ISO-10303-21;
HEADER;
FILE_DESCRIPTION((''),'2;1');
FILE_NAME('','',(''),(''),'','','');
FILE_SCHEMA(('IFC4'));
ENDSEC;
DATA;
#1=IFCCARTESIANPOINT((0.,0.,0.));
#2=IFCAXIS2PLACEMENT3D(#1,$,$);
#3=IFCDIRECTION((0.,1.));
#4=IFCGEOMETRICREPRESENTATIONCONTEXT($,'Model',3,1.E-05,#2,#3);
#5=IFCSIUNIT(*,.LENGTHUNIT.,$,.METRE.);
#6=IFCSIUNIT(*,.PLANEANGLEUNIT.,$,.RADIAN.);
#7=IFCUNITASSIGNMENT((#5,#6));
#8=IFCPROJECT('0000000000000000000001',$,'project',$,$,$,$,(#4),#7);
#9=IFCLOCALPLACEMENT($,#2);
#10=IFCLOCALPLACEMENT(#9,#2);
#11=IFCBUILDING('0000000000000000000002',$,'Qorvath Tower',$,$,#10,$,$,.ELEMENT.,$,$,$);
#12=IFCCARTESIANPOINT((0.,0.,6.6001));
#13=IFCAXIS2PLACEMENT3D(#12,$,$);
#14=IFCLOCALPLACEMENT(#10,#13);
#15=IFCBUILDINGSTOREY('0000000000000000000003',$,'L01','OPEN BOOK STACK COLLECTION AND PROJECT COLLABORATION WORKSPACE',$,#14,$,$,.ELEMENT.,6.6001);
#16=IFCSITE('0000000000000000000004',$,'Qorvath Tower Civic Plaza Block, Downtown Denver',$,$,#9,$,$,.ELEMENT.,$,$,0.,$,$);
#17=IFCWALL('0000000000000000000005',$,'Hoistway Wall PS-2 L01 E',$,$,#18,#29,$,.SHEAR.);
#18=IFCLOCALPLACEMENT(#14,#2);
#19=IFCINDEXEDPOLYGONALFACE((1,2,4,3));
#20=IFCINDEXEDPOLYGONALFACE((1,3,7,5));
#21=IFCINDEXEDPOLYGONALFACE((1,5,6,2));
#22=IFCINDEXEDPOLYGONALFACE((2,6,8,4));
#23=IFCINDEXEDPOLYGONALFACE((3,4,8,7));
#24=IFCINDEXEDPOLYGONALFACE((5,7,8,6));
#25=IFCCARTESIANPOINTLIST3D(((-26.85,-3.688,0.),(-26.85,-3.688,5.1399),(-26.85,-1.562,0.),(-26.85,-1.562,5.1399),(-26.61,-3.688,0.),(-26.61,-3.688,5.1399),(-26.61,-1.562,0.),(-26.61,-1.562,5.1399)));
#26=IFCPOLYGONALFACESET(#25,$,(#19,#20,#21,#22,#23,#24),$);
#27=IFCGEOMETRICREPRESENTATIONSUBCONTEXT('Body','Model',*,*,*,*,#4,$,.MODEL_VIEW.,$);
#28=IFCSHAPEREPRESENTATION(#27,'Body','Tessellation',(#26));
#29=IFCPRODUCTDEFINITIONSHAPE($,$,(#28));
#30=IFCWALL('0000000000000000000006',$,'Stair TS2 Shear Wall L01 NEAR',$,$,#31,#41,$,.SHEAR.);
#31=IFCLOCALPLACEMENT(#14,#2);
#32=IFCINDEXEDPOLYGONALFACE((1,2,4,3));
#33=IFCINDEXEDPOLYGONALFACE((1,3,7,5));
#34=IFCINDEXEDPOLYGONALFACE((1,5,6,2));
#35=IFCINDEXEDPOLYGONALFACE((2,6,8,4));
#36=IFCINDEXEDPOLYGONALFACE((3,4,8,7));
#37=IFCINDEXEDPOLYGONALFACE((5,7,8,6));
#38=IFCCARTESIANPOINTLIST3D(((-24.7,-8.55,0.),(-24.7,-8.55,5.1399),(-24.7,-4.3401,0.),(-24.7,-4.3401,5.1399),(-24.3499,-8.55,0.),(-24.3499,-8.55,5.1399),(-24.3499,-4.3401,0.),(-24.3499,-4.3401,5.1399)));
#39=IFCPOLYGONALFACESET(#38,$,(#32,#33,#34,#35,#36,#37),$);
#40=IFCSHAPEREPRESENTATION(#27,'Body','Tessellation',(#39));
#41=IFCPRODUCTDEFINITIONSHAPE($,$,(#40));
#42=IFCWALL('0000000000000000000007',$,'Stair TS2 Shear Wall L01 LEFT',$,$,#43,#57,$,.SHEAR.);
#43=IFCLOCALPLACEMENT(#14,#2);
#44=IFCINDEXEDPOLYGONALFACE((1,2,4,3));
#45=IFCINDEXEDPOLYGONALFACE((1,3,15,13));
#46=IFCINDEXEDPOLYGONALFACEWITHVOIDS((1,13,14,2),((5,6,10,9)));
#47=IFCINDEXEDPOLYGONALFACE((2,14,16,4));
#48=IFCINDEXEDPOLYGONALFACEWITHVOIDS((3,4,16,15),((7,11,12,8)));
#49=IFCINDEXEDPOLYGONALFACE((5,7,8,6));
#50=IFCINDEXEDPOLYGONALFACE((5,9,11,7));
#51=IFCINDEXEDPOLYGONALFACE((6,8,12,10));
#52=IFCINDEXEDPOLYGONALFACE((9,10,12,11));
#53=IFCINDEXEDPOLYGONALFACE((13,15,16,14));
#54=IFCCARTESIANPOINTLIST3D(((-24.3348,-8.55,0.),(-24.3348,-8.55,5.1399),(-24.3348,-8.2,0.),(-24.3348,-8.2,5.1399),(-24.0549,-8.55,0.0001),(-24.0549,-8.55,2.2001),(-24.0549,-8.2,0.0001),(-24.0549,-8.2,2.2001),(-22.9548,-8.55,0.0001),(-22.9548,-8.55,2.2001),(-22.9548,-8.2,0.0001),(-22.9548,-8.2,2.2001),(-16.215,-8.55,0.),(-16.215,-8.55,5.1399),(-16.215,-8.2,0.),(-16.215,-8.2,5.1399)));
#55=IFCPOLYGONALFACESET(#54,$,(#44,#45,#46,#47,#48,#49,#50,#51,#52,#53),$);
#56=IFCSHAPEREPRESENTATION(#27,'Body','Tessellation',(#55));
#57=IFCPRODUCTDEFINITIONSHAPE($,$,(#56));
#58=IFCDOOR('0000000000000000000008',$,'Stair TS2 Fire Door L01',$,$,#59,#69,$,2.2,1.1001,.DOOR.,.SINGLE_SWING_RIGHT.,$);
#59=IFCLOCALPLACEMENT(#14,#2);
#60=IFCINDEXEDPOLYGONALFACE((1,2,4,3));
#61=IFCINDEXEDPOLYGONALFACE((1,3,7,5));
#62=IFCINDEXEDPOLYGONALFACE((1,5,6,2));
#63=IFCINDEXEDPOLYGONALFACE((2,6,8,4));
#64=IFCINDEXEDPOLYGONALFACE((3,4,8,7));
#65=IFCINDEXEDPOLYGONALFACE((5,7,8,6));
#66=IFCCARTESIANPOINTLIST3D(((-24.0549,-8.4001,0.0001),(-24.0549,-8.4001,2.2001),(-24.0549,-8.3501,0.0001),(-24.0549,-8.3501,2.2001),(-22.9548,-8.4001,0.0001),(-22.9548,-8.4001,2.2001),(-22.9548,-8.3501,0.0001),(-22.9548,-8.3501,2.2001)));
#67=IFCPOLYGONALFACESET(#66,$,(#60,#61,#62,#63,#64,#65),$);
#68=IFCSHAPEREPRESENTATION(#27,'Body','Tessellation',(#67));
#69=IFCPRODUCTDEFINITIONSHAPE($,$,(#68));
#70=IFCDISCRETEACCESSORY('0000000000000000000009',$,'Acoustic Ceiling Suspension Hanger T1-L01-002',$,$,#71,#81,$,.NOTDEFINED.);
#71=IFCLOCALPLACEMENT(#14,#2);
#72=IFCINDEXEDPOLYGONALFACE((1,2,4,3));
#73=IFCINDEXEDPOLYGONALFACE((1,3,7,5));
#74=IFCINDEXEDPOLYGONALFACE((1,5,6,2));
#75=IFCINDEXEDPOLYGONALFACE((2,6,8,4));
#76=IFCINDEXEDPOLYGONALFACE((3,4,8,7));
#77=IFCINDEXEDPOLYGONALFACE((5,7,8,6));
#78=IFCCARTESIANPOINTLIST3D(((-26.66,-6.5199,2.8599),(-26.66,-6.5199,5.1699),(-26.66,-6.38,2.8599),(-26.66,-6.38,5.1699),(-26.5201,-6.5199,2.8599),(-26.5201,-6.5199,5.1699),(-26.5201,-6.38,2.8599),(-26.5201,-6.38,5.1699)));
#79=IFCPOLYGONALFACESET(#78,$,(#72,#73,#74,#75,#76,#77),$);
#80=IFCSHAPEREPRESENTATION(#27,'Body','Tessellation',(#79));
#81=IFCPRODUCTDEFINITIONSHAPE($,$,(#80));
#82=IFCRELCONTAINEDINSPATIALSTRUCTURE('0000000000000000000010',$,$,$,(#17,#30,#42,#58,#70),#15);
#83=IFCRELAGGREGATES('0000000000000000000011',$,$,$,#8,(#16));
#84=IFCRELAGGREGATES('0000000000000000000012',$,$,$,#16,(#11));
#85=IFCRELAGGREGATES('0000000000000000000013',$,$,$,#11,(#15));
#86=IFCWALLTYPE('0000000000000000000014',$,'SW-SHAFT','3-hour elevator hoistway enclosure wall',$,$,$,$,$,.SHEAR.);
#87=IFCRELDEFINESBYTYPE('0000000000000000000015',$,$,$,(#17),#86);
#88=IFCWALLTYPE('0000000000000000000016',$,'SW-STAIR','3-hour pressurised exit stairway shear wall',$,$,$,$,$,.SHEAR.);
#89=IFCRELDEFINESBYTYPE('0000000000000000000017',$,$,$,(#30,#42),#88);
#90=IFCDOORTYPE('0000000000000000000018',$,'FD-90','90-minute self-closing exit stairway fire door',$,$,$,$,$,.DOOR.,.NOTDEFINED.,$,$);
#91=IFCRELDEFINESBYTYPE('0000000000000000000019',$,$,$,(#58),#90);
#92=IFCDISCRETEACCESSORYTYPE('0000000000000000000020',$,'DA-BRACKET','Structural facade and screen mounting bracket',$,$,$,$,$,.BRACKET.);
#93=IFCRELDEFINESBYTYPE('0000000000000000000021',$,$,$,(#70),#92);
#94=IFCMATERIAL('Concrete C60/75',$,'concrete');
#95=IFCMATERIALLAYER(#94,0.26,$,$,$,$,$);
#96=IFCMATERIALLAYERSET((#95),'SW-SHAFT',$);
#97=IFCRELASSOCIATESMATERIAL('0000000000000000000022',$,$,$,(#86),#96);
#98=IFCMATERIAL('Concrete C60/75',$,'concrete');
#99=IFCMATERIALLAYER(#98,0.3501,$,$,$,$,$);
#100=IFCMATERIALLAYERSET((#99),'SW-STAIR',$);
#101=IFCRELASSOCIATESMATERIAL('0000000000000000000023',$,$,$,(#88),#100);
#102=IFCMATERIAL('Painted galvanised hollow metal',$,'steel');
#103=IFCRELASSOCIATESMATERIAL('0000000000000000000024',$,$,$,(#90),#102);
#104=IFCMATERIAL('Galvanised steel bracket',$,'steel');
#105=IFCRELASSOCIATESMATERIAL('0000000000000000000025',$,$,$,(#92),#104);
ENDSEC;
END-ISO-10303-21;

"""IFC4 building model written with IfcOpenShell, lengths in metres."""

from ifc_helpers import new_model, si_unit, direction, frame, frame_2d, origin, origin_2d, place, context, subcontext, project, spatial, rectangle, extrude, material, layer, layer_set, type_object, element, fill, save


model = new_model("IFC4")

# Units and contexts
model_context = context("Model", 3, precision=1e-05, world=origin(), true_north=direction((0.0, 1.0)))
body_context = subcontext(model_context, "Body", "Model", "MODEL_VIEW")
ifc_project = project(units=[si_unit("LENGTHUNIT", "METRE"), si_unit("PLANEANGLEUNIT", "RADIAN")], contexts=[model_context])

# Site, building, storey
site_placement = place(None, origin())
site = spatial("IfcSite", under=ifc_project, at=site_placement, Name="Qorvath Tower Civic Plaza Block, Downtown Denver", CompositionType="ELEMENT", RefElevation=0.0)
building_placement = place(site_placement, origin())
building = spatial("IfcBuilding", under=site, at=building_placement, Name="Qorvath Tower", CompositionType="ELEMENT")
storey_placement = place(building_placement, frame((0.0, 0.0, 6.6001)))
storey = spatial("IfcBuildingStorey", under=building, at=storey_placement, Name="L01", Description="OPEN BOOK STACK COLLECTION AND PROJECT COLLABORATION WORKSPACE", CompositionType="ELEMENT", Elevation=6.6001)

# Shared definitions
ifc_material_1 = material(Name="Concrete C60/75", Category="concrete")
ifc_layer_1 = layer(ifc_material_1, 0.26)
ifc_layer_set_1 = layer_set([ifc_layer_1], Name="SW-SHAFT")
wall_type_1 = type_object("IfcWallType", Name="SW-SHAFT", Description="3-hour elevator hoistway enclosure wall", PredefinedType="SHEAR", material=ifc_layer_set_1)

# Walls
for number, where, z_axis, x_axis, name in (
    (1, (-26.73, -1.562, 0.0), (0.0, 0.0, 1.0), (0.0, -1.0, 0.0), "Hoistway Wall PS-2 L01 E"),
):
    element("IfcWall", number, at=place(storey_placement, frame(where, z_axis=z_axis, x_axis=x_axis)), inside=storey, type_object=wall_type_1, Name=name, PredefinedType="SHEAR", context=body_context, shape_type="SweptSolid", body=[
        extrude(rectangle(XDim=2.126, YDim=0.24, at=frame_2d((1.063, 0.0))), origin(), (0.0, 0.0, 1.0), 5.1399),
    ])
ifc_material_2 = material(Name="Concrete C60/75", Category="concrete")
ifc_layer_2 = layer(ifc_material_2, 0.3501)
ifc_layer_set_2 = layer_set([ifc_layer_2], Name="SW-STAIR")
wall_type_2 = type_object("IfcWallType", Name="SW-STAIR", Description="3-hour pressurised exit stairway shear wall", PredefinedType="SHEAR", material=ifc_layer_set_2)
wall_1_placement = place(storey_placement, frame((-24.5249, -4.3401, 0.0), z_axis=(0.0, 0.0, 1.0), x_axis=(0.0, -1.0, 0.0)))
element("IfcWall", 2, at=wall_1_placement, inside=storey, type_object=wall_type_2, Name="Stair TS2 Shear Wall L01 NEAR", PredefinedType="SHEAR", context=body_context, shape_type="SweptSolid", body=[
    extrude(rectangle(XDim=4.21, YDim=0.3501, at=frame_2d((2.105, 0.0))), origin(), (0.0, 0.0, 1.0), 5.1399),
])

# Wall, opening, door
wall_2_placement = place(storey_placement, frame((-24.335, -8.375, 0.0), z_axis=(0.0, 0.0, 1.0), x_axis=(1.0, 0.0, 0.0)))
wall_2 = element("IfcWall", 3, at=wall_2_placement, inside=storey, type_object=wall_type_2, Name="Stair TS2 Shear Wall L01 LEFT", PredefinedType="SHEAR", context=body_context, shape_type="SweptSolid", body=[
    extrude(rectangle(XDim=8.1199, YDim=0.3501, at=frame_2d((4.0601, 0.0))), origin(), (0.0, 0.0, 1.0), 5.1399),
])
opening_1_placement = place(wall_2_placement, frame((0.28, 0.0, 0.0)))
opening_1 = element("IfcOpeningElement", 4, at=opening_1_placement, cuts=wall_2, PredefinedType="OPENING", context=body_context, shape_type="SweptSolid", body=[
    extrude(rectangle(XDim=1.1001, YDim=2.2, at=frame_2d((0.55, 1.1001))), frame((0.0, 0.1851, 0.0), z_axis=(0.0, -1.0, 0.0), x_axis=(1.0, 0.0, 0.0)), (0.0, 0.0, 1.0), 0.3701),
])
ifc_material_3 = material(Name="Painted galvanised hollow metal", Category="steel")
door_type_1 = type_object("IfcDoorType", Name="FD-90", Description="90-minute self-closing exit stairway fire door", OperationType="NOTDEFINED", PredefinedType="DOOR", material=ifc_material_3)
door_1_placement = place(opening_1_placement, origin())
door_1 = element("IfcDoor", 5, at=door_1_placement, inside=storey, type_object=door_type_1, Name="Stair TS2 Fire Door L01", OperationType="SINGLE_SWING_RIGHT", OverallHeight=2.2, OverallWidth=1.1001, PredefinedType="DOOR", context=body_context, shape_type="SweptSolid", body=[
    extrude(rectangle(XDim=1.1001, YDim=2.2, at=frame_2d((0.55, 1.1001))), frame((0.0, 0.0249, 0.0), z_axis=(0.0, -1.0, 0.0), x_axis=(1.0, 0.0, 0.0)), (0.0, 0.0, 1.0), 0.05),
])
fill(opening_1, door_1)

# Discrete accessory
ifc_material_4 = material(Name="Galvanised steel bracket", Category="steel")
discrete_accessory_type = type_object("IfcDiscreteAccessoryType", Name="DA-BRACKET", Description="Structural facade and screen mounting bracket", PredefinedType="BRACKET", material=ifc_material_4)
discrete_accessory_placement = place(storey_placement, frame((-26.5901, -6.45, 2.8599), z_axis=(0.0, 0.0, 1.0), x_axis=(1.0, 0.0, 0.0)))
element("IfcDiscreteAccessory", 6, at=discrete_accessory_placement, inside=storey, type_object=discrete_accessory_type, Name="Acoustic Ceiling Suspension Hanger T1-L01-002", PredefinedType="NOTDEFINED", context=body_context, shape_type="SweptSolid", body=[
    extrude(rectangle(XDim=0.1399, YDim=0.1399, at=origin_2d()), origin(), (0.0, 0.0, 1.0), 2.3101),
])

save(model, "model.ifc")
